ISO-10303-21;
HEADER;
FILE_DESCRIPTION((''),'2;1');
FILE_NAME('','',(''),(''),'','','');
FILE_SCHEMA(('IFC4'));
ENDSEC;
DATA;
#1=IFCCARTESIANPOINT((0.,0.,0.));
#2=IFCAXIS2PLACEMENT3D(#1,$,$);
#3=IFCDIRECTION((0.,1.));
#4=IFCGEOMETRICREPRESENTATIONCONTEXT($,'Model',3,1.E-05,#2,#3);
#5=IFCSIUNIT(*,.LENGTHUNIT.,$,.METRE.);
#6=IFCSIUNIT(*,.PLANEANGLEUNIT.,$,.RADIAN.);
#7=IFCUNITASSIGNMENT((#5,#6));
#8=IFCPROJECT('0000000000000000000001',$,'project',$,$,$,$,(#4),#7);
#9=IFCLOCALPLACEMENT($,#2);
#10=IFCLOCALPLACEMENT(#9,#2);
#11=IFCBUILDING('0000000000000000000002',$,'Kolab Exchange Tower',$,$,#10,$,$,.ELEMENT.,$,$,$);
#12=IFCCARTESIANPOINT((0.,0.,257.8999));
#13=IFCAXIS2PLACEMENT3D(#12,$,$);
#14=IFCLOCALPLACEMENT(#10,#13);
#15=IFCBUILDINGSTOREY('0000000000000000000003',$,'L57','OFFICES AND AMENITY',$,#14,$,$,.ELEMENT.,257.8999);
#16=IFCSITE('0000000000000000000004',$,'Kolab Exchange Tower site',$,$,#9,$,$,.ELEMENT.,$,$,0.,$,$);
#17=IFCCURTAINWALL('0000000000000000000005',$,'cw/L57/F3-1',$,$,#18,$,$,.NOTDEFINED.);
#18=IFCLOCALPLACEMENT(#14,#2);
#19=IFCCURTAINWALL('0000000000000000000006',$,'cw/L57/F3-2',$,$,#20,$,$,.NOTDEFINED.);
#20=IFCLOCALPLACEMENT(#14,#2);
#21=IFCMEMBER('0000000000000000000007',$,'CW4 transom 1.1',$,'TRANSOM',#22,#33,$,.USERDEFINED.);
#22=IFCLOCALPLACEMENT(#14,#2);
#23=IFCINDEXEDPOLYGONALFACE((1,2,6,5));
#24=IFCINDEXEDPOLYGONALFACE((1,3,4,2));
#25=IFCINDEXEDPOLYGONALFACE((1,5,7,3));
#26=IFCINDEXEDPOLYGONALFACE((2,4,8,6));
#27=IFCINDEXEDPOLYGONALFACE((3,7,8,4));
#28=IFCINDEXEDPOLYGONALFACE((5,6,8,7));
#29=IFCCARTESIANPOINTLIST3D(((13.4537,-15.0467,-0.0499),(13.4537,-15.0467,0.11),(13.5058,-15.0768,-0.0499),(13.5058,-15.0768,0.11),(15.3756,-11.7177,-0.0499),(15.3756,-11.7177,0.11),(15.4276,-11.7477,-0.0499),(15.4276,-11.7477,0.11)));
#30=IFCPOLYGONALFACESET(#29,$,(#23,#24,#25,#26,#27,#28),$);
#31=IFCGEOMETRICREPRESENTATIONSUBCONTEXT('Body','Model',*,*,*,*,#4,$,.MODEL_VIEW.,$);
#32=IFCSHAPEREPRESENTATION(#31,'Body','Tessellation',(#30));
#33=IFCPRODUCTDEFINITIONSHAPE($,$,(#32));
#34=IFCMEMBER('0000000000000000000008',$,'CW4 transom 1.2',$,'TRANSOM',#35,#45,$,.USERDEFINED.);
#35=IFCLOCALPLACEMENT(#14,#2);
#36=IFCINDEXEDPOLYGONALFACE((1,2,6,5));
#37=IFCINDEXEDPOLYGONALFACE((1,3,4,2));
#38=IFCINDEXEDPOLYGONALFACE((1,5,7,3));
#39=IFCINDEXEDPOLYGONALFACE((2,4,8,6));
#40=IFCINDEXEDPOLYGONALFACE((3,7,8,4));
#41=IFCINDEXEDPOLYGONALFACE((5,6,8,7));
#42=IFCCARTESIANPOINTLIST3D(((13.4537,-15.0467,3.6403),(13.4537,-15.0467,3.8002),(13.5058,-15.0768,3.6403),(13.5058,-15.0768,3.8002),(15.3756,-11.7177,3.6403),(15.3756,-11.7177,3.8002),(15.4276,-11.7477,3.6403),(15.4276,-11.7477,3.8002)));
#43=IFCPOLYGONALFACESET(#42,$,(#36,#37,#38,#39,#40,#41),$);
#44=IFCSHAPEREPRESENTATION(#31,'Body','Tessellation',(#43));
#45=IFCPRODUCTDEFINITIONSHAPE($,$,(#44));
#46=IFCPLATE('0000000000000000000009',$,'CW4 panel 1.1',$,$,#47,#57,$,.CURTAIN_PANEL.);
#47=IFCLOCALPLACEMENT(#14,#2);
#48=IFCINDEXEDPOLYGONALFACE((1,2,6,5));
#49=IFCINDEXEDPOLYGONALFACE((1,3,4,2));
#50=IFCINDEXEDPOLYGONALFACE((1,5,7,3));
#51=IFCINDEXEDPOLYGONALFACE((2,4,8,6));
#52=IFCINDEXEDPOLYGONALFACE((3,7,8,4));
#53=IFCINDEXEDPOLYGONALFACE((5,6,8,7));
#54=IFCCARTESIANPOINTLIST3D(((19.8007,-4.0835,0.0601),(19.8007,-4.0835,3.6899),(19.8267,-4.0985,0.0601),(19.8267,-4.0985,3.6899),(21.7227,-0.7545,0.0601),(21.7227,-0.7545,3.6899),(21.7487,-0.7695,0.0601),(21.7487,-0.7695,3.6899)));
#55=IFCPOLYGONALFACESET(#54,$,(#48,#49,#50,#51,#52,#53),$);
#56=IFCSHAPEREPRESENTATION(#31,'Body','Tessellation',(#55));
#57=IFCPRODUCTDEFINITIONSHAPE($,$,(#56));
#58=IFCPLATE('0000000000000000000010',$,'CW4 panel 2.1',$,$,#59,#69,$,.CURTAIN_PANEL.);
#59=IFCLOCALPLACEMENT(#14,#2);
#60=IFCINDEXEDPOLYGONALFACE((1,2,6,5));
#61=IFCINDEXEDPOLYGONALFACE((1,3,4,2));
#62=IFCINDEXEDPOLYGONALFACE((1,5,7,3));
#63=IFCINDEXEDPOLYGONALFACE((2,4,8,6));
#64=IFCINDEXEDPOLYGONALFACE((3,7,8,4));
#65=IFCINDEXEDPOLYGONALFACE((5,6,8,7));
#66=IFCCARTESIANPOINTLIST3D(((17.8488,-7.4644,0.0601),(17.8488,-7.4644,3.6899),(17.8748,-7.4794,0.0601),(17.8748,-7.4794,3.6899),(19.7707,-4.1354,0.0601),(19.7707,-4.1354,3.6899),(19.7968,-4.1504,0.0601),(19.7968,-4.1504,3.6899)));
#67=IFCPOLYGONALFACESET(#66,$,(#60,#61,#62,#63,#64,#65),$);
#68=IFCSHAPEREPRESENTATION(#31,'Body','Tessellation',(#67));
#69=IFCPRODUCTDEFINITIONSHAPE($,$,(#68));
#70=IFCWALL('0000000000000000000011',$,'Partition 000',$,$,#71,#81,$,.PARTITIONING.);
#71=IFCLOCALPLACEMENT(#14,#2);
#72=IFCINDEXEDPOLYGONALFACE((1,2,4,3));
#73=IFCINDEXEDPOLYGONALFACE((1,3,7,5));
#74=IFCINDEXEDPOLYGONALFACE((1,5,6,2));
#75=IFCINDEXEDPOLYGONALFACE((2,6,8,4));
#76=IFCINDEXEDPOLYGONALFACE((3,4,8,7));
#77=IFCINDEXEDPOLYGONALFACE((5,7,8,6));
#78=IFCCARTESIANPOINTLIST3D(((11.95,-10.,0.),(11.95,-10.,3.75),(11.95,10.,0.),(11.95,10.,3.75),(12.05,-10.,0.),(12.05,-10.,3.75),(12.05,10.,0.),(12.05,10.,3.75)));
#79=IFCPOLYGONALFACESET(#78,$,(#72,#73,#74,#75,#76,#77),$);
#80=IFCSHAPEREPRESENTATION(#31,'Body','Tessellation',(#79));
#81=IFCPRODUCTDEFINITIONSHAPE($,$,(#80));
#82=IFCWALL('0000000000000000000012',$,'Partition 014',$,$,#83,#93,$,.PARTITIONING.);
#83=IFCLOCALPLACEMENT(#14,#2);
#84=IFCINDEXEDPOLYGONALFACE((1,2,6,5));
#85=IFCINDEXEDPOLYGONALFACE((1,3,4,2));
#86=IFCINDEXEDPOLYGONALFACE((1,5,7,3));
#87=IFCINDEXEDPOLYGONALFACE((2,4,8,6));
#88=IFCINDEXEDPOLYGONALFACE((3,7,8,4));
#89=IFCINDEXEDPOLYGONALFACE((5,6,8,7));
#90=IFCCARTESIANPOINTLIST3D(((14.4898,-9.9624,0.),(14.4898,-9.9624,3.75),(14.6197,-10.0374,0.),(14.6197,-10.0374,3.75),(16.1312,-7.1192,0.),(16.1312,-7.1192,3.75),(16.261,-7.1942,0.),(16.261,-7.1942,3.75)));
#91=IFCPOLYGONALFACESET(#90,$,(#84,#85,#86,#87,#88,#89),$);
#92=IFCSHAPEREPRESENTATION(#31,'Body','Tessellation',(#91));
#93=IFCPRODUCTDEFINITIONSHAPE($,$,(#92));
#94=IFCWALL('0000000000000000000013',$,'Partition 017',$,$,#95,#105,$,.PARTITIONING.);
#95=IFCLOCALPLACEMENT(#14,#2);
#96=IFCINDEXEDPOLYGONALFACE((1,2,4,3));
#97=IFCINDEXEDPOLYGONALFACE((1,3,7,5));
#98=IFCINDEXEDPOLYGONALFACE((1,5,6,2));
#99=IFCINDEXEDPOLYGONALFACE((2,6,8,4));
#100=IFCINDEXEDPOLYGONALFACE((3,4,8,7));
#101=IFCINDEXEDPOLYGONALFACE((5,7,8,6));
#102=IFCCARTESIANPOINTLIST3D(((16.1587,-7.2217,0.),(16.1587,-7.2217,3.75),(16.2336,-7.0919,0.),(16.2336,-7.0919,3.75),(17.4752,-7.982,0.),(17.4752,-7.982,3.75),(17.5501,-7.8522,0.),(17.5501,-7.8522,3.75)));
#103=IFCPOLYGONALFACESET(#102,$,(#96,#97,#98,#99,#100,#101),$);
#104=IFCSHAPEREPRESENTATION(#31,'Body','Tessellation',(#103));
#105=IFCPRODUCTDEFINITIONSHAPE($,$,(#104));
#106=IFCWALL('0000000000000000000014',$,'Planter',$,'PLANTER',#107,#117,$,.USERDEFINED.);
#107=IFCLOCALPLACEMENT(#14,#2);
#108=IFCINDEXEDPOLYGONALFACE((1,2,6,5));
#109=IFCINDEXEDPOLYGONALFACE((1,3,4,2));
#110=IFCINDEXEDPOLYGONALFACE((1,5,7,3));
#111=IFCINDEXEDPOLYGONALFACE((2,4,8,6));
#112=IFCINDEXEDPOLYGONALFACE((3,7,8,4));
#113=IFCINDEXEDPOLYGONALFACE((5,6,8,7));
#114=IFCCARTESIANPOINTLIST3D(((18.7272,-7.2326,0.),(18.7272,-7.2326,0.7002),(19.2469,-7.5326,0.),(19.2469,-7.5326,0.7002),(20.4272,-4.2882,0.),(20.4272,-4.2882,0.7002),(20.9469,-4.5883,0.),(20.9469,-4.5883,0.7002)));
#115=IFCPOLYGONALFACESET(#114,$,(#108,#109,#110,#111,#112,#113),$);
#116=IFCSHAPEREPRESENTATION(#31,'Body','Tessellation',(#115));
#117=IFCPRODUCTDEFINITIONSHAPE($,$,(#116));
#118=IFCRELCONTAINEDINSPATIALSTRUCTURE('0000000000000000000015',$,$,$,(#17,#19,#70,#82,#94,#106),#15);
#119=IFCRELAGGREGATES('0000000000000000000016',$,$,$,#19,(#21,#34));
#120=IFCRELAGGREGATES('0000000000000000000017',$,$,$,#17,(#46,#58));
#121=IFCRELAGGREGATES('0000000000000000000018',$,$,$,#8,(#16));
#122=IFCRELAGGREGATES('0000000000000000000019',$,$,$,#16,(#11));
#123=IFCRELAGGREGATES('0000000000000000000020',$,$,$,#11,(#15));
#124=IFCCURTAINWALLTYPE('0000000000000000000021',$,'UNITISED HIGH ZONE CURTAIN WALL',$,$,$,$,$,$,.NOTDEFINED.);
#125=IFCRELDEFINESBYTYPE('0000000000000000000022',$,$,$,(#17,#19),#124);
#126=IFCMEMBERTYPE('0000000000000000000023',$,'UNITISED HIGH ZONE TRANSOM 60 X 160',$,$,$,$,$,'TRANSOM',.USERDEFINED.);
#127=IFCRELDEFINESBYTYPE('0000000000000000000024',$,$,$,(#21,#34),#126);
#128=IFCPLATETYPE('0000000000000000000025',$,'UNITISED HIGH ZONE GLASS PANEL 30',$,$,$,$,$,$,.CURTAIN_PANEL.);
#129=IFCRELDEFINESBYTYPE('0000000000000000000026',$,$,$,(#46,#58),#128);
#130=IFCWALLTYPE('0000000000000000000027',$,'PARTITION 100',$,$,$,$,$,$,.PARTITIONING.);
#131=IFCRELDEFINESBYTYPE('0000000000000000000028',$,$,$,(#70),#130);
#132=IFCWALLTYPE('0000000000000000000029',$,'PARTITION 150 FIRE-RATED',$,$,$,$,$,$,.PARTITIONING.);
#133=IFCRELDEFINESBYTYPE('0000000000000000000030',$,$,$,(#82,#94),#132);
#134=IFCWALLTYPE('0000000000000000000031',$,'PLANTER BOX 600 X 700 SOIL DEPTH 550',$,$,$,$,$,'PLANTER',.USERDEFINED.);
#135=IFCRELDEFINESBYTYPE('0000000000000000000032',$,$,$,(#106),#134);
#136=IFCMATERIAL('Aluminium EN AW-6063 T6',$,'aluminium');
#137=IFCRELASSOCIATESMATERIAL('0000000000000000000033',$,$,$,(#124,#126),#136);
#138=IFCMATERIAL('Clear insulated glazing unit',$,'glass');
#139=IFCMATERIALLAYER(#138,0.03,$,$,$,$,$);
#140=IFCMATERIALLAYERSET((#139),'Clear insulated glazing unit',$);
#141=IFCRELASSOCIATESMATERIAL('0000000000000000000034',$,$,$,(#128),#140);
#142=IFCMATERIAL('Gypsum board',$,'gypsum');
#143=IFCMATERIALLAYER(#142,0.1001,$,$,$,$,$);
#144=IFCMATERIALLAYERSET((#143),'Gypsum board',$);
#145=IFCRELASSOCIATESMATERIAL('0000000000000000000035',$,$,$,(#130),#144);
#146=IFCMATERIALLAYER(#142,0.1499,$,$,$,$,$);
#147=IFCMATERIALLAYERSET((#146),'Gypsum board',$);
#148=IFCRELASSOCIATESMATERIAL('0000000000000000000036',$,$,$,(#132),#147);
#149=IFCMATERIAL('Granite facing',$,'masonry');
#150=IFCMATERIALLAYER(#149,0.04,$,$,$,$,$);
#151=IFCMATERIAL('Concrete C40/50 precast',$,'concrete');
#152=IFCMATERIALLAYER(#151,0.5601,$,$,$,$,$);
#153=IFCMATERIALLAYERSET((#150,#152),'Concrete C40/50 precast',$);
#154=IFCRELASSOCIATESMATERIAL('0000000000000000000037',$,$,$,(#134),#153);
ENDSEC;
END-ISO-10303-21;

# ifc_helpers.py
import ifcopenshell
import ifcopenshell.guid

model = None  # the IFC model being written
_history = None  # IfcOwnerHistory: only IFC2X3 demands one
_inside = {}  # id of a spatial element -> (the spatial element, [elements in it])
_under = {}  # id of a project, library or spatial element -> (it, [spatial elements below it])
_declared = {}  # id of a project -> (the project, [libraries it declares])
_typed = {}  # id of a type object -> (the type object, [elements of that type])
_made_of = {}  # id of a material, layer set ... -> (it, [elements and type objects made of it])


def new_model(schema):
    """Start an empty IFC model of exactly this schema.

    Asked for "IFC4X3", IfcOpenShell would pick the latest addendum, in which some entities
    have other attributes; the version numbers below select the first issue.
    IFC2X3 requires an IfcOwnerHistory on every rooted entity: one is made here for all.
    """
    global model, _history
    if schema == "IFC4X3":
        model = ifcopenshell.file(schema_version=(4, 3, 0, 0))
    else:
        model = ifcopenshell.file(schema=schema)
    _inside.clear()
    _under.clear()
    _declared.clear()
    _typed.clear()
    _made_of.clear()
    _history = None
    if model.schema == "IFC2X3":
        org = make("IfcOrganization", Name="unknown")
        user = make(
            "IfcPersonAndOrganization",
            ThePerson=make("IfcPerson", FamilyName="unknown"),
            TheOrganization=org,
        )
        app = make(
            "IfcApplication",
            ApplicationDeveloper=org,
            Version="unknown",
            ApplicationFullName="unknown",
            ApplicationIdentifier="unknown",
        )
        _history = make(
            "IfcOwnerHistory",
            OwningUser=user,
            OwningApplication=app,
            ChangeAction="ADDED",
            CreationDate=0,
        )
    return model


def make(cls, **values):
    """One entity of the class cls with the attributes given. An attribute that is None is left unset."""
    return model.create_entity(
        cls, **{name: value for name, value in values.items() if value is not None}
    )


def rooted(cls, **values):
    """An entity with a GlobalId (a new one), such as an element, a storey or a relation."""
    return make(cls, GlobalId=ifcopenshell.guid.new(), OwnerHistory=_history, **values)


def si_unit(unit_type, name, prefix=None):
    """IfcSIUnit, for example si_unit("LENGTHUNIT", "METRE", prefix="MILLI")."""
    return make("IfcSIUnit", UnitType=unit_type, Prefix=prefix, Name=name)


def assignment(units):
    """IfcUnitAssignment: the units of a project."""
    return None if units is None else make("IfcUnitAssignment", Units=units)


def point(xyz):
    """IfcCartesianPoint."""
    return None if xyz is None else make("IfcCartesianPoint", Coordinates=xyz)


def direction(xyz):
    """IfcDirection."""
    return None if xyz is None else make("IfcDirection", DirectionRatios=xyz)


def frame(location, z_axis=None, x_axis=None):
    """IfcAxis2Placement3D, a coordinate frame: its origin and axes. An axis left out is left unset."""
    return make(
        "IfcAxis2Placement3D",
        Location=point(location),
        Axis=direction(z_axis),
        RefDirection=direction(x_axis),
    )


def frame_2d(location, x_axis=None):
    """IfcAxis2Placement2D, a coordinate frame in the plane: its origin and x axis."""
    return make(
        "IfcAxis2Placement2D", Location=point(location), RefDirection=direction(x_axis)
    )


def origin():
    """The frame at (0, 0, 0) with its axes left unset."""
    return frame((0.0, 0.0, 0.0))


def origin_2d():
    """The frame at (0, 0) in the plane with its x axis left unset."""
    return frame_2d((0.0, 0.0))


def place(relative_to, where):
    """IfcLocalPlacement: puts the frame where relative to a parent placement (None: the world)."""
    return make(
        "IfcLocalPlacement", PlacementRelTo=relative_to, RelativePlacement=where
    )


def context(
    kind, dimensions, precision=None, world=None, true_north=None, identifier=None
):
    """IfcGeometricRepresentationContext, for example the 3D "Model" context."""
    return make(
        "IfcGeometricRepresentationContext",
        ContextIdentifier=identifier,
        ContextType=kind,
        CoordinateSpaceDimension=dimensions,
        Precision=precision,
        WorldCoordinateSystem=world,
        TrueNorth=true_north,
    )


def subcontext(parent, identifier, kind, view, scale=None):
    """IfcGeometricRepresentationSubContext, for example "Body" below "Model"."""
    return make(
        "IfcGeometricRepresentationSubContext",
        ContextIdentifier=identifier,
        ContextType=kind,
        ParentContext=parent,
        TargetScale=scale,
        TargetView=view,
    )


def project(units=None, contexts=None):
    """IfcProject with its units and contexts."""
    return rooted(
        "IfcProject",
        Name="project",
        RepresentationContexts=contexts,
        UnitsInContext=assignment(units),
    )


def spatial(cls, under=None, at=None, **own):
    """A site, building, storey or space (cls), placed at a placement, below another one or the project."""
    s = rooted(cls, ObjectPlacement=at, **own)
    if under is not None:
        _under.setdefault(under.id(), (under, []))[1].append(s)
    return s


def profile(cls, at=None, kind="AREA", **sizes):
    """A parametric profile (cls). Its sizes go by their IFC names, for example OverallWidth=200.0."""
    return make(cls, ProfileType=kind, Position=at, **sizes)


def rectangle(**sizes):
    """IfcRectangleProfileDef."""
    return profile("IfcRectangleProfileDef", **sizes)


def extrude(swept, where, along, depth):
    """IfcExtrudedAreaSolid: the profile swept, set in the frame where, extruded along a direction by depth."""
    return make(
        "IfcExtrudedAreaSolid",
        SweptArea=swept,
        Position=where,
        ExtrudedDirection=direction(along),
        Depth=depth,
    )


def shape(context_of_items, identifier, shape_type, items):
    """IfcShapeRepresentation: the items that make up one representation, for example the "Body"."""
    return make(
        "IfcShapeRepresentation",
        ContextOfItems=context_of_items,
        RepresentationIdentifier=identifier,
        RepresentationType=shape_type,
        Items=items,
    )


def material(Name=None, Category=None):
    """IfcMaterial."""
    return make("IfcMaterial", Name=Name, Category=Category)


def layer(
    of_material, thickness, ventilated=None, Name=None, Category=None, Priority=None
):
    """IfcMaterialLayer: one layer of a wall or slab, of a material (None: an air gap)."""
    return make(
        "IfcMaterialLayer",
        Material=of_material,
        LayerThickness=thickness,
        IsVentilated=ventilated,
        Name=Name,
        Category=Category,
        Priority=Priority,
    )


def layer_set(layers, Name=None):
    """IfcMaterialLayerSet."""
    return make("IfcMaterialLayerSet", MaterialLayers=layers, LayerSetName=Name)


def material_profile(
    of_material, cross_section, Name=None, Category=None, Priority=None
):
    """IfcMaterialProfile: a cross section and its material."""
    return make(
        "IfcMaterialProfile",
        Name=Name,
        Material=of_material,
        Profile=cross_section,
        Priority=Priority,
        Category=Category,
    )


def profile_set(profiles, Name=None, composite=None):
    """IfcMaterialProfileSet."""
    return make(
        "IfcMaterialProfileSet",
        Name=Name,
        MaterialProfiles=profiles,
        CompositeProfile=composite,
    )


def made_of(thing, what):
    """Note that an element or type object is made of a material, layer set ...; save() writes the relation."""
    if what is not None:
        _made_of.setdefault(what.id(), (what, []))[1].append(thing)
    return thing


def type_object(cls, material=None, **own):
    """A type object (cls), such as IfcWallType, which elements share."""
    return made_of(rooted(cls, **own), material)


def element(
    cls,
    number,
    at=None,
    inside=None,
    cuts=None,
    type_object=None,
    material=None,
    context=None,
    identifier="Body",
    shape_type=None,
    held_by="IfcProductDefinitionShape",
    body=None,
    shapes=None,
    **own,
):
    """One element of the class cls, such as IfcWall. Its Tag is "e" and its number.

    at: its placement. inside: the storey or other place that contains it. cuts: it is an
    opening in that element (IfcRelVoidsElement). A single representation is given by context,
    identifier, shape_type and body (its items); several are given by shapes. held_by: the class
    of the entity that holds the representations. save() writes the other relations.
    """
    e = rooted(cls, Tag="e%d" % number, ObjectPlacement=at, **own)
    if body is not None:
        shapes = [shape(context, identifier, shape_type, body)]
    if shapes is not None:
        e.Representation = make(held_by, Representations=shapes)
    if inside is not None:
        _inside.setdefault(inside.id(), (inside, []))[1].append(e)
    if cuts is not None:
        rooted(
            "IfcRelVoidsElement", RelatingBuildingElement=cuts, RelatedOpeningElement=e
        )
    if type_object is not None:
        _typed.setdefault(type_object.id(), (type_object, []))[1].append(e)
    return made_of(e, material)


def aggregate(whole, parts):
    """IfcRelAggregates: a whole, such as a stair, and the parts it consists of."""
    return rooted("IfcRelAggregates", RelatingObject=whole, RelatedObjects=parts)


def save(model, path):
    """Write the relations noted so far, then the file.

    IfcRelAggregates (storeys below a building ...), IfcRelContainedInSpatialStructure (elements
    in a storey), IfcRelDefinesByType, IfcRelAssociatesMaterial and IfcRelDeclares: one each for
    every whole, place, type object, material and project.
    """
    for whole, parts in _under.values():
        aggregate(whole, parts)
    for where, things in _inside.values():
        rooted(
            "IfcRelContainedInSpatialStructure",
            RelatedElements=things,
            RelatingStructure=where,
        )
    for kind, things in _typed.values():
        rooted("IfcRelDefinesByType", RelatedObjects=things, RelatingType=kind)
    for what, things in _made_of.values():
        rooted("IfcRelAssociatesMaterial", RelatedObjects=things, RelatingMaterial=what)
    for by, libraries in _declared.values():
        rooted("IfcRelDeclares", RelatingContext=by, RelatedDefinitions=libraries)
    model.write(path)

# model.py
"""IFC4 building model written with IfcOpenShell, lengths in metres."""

from ifc_helpers import new_model, si_unit, direction, frame, frame_2d, origin, origin_2d, place, context, subcontext, project, spatial, rectangle, extrude, material, layer, layer_set, material_profile, profile_set, type_object, element, aggregate, save


model = new_model("IFC4")

# Units and contexts
model_context = context("Model", 3, precision=1e-05, world=origin(), true_north=direction((0.0, 1.0)))
body_context = subcontext(model_context, "Body", "Model", "MODEL_VIEW")
ifc_project = project(units=[si_unit("LENGTHUNIT", "METRE"), si_unit("PLANEANGLEUNIT", "RADIAN")], contexts=[model_context])

# Site, building, storey
site_placement = place(None, origin())
site = spatial("IfcSite", under=ifc_project, at=site_placement, Name="Kolab Exchange Tower site", CompositionType="ELEMENT", RefElevation=0.0)
building_placement = place(site_placement, origin())
building = spatial("IfcBuilding", under=site, at=building_placement, Name="Kolab Exchange Tower", CompositionType="ELEMENT")
storey_placement = place(building_placement, frame((0.0, 0.0, 257.8999)))
storey = spatial("IfcBuildingStorey", under=building, at=storey_placement, Name="L57", Description="OFFICES AND AMENITY", CompositionType="ELEMENT", Elevation=257.8999)

# Curtain wall
ifc_material_1 = material(Name="Aluminium EN AW-6063 T6", Category="aluminium")
curtain_wall_type = type_object("IfcCurtainWallType", Name="UNITISED HIGH ZONE CURTAIN WALL", PredefinedType="NOTDEFINED", material=ifc_material_1)
curtain_wall_1_placement = place(storey_placement, origin())
curtain_wall_1 = element("IfcCurtainWall", 1, at=curtain_wall_1_placement, inside=storey, type_object=curtain_wall_type, Name="cw/L57/F3-1", PredefinedType="NOTDEFINED")

# Curtain wall
curtain_wall_2_placement = place(storey_placement, origin())
curtain_wall_2 = element("IfcCurtainWall", 2, at=curtain_wall_2_placement, inside=storey, type_object=curtain_wall_type, Name="cw/L57/F3-2", PredefinedType="NOTDEFINED")

# Members
ifc_material_profile_1 = material_profile(ifc_material_1, rectangle(XDim=0.0601, YDim=0.1599, at=origin_2d()), Name="RECT 60X160")
ifc_profile_set_1 = profile_set([ifc_material_profile_1], Name="Aluminium EN AW-6063 T6")
member_type_1 = type_object("IfcMemberType", Name="UNITISED HIGH ZONE TRANSOM 60 X 160", ElementType="TRANSOM", PredefinedType="USERDEFINED", material=ifc_profile_set_1)
member_1_placement = place(storey_placement, frame((15.4016, -11.7327, 0.03), z_axis=(-0.499964, -0.866046, 0.0), x_axis=(0.866046, -0.499964, 0.0)))
member_1 = element("IfcMember", 3, at=member_1_placement, type_object=member_type_1, Name="CW4 transom 1.1", ObjectType="TRANSOM", PredefinedType="USERDEFINED", context=body_context, shape_type="SweptSolid", body=[
    extrude(rectangle(XDim=0.0601, YDim=0.1599, at=origin_2d()), origin(), (0.0, 0.0, 1.0), 3.844),
])
member_2_placement = place(storey_placement, frame((15.4016, -11.7327, 3.7202), z_axis=(-0.499964, -0.866046, 0.0), x_axis=(0.866046, -0.499964, 0.0)))
member_2 = element("IfcMember", 4, at=member_2_placement, type_object=member_type_1, Name="CW4 transom 1.2", ObjectType="TRANSOM", PredefinedType="USERDEFINED", context=body_context, shape_type="SweptSolid", body=[
    extrude(rectangle(XDim=0.0601, YDim=0.1599, at=origin_2d()), origin(), (0.0, 0.0, 1.0), 3.844),
])
aggregate(curtain_wall_2, [member_1, member_2])

# Plates
ifc_material_2 = material(Name="Clear insulated glazing unit", Category="glass")
ifc_layer_1 = layer(ifc_material_2, 0.03)
ifc_layer_set_1 = layer_set([ifc_layer_1], Name="Clear insulated glazing unit")
plate_type = type_object("IfcPlateType", Name="UNITISED HIGH ZONE GLASS PANEL 30", PredefinedType="CURTAIN_PANEL", material=ifc_layer_set_1)
plate_1_placement = place(storey_placement, frame((20.7747, -2.4265, 0.0601), z_axis=(0.0, 0.0, 1.0), x_axis=(-0.5, -0.866025, 0.0)))
plate_1 = element("IfcPlate", 5, at=plate_1_placement, type_object=plate_type, Name="CW4 panel 1.1", PredefinedType="CURTAIN_PANEL", context=body_context, shape_type="SweptSolid", body=[
    extrude(rectangle(XDim=3.844, YDim=0.03, at=origin_2d()), origin(), (0.0, 0.0, 1.0), 3.6299),
])
plate_2_placement = place(storey_placement, frame((18.8228, -5.8074, 0.0601), z_axis=(0.0, 0.0, 1.0), x_axis=(-0.5, -0.866025, 0.0)))
plate_2 = element("IfcPlate", 6, at=plate_2_placement, type_object=plate_type, Name="CW4 panel 2.1", PredefinedType="CURTAIN_PANEL", context=body_context, shape_type="SweptSolid", body=[
    extrude(rectangle(XDim=3.844, YDim=0.03, at=origin_2d()), origin(), (0.0, 0.0, 1.0), 3.6299),
])
aggregate(curtain_wall_1, [plate_1, plate_2])

# Walls
ifc_material_3 = material(Name="Gypsum board", Category="gypsum")
ifc_layer_2 = layer(ifc_material_3, 0.1001)
ifc_layer_set_2 = layer_set([ifc_layer_2], Name="Gypsum board")
wall_type_1 = type_object("IfcWallType", Name="PARTITION 100", PredefinedType="PARTITIONING", material=ifc_layer_set_2)
wall_1_placement = place(storey_placement, frame((12.0, -10.0, 0.0), z_axis=(0.0, 0.0, 1.0), x_axis=(0.0, 1.0, 0.0)))
element("IfcWall", 7, at=wall_1_placement, inside=storey, type_object=wall_type_1, Name="Partition 000", PredefinedType="PARTITIONING", context=body_context, shape_type="SweptSolid", body=[
    extrude(rectangle(XDim=20.0, YDim=0.1001, at=frame_2d((10.0, 0.0))), origin(), (0.0, 0.0, 1.0), 3.75),
])
ifc_layer_3 = layer(ifc_material_3, 0.1499)
ifc_layer_set_3 = layer_set([ifc_layer_3], Name="Gypsum board")
wall_type_2 = type_object("IfcWallType", Name="PARTITION 150 FIRE-RATED", PredefinedType="PARTITIONING", material=ifc_layer_set_3)
wall_2_placement = place(storey_placement, frame((14.5547, -10.0, 0.0), z_axis=(0.0, 0.0, 1.0), x_axis=(0.499954, 0.866052, 0.0)))
element("IfcWall", 8, at=wall_2_placement, inside=storey, type_object=wall_type_2, Name="Partition 014", PredefinedType="PARTITIONING", context=body_context, shape_type="SweptSolid", body=[
    extrude(rectangle(XDim=3.283, YDim=0.1499, at=frame_2d((1.6416, 0.0))), origin(), (0.0, 0.0, 1.0), 3.75),
])
wall_3_placement = place(storey_placement, frame((16.196, -7.1567, 0.0), z_axis=(0.0, 0.0, 1.0), x_axis=(0.865961, -0.500112, 0.0)))
element("IfcWall", 9, at=wall_3_placement, inside=storey, type_object=wall_type_2, Name="Partition 017", PredefinedType="PARTITIONING", context=body_context, shape_type="SweptSolid", body=[
    extrude(rectangle(XDim=1.5203, YDim=0.1499, at=frame_2d((0.7603, 0.0))), origin(), (0.0, 0.0, 1.0), 3.75),
])
ifc_material_4 = material(Name="Granite facing", Category="masonry")
ifc_layer_4 = layer(ifc_material_4, 0.04)
ifc_material_5 = material(Name="Concrete C40/50 precast", Category="concrete")
ifc_layer_5 = layer(ifc_material_5, 0.5601)
ifc_layer_set_4 = layer_set([ifc_layer_4, ifc_layer_5], Name="Concrete C40/50 precast")
wall_type_3 = type_object("IfcWallType", Name="PLANTER BOX 600 X 700 SOIL DEPTH 550", ElementType="PLANTER", PredefinedType="USERDEFINED", material=ifc_layer_set_4)
wall_4_placement = place(storey_placement, frame((20.687, -4.4382, 0.0), z_axis=(0.0, 0.0, 1.0), x_axis=(-0.500008, -0.866021, 0.0)))
element("IfcWall", 10, at=wall_4_placement, inside=storey, type_object=wall_type_3, Name="Planter", ObjectType="PLANTER", PredefinedType="USERDEFINED", context=body_context, shape_type="SweptSolid", body=[
    extrude(rectangle(XDim=3.3999, YDim=0.6001, at=frame_2d((1.7, 0.0))), origin(), (0.0, 0.0, 1.0), 0.7002),
])

save(model, "model.ifc")
